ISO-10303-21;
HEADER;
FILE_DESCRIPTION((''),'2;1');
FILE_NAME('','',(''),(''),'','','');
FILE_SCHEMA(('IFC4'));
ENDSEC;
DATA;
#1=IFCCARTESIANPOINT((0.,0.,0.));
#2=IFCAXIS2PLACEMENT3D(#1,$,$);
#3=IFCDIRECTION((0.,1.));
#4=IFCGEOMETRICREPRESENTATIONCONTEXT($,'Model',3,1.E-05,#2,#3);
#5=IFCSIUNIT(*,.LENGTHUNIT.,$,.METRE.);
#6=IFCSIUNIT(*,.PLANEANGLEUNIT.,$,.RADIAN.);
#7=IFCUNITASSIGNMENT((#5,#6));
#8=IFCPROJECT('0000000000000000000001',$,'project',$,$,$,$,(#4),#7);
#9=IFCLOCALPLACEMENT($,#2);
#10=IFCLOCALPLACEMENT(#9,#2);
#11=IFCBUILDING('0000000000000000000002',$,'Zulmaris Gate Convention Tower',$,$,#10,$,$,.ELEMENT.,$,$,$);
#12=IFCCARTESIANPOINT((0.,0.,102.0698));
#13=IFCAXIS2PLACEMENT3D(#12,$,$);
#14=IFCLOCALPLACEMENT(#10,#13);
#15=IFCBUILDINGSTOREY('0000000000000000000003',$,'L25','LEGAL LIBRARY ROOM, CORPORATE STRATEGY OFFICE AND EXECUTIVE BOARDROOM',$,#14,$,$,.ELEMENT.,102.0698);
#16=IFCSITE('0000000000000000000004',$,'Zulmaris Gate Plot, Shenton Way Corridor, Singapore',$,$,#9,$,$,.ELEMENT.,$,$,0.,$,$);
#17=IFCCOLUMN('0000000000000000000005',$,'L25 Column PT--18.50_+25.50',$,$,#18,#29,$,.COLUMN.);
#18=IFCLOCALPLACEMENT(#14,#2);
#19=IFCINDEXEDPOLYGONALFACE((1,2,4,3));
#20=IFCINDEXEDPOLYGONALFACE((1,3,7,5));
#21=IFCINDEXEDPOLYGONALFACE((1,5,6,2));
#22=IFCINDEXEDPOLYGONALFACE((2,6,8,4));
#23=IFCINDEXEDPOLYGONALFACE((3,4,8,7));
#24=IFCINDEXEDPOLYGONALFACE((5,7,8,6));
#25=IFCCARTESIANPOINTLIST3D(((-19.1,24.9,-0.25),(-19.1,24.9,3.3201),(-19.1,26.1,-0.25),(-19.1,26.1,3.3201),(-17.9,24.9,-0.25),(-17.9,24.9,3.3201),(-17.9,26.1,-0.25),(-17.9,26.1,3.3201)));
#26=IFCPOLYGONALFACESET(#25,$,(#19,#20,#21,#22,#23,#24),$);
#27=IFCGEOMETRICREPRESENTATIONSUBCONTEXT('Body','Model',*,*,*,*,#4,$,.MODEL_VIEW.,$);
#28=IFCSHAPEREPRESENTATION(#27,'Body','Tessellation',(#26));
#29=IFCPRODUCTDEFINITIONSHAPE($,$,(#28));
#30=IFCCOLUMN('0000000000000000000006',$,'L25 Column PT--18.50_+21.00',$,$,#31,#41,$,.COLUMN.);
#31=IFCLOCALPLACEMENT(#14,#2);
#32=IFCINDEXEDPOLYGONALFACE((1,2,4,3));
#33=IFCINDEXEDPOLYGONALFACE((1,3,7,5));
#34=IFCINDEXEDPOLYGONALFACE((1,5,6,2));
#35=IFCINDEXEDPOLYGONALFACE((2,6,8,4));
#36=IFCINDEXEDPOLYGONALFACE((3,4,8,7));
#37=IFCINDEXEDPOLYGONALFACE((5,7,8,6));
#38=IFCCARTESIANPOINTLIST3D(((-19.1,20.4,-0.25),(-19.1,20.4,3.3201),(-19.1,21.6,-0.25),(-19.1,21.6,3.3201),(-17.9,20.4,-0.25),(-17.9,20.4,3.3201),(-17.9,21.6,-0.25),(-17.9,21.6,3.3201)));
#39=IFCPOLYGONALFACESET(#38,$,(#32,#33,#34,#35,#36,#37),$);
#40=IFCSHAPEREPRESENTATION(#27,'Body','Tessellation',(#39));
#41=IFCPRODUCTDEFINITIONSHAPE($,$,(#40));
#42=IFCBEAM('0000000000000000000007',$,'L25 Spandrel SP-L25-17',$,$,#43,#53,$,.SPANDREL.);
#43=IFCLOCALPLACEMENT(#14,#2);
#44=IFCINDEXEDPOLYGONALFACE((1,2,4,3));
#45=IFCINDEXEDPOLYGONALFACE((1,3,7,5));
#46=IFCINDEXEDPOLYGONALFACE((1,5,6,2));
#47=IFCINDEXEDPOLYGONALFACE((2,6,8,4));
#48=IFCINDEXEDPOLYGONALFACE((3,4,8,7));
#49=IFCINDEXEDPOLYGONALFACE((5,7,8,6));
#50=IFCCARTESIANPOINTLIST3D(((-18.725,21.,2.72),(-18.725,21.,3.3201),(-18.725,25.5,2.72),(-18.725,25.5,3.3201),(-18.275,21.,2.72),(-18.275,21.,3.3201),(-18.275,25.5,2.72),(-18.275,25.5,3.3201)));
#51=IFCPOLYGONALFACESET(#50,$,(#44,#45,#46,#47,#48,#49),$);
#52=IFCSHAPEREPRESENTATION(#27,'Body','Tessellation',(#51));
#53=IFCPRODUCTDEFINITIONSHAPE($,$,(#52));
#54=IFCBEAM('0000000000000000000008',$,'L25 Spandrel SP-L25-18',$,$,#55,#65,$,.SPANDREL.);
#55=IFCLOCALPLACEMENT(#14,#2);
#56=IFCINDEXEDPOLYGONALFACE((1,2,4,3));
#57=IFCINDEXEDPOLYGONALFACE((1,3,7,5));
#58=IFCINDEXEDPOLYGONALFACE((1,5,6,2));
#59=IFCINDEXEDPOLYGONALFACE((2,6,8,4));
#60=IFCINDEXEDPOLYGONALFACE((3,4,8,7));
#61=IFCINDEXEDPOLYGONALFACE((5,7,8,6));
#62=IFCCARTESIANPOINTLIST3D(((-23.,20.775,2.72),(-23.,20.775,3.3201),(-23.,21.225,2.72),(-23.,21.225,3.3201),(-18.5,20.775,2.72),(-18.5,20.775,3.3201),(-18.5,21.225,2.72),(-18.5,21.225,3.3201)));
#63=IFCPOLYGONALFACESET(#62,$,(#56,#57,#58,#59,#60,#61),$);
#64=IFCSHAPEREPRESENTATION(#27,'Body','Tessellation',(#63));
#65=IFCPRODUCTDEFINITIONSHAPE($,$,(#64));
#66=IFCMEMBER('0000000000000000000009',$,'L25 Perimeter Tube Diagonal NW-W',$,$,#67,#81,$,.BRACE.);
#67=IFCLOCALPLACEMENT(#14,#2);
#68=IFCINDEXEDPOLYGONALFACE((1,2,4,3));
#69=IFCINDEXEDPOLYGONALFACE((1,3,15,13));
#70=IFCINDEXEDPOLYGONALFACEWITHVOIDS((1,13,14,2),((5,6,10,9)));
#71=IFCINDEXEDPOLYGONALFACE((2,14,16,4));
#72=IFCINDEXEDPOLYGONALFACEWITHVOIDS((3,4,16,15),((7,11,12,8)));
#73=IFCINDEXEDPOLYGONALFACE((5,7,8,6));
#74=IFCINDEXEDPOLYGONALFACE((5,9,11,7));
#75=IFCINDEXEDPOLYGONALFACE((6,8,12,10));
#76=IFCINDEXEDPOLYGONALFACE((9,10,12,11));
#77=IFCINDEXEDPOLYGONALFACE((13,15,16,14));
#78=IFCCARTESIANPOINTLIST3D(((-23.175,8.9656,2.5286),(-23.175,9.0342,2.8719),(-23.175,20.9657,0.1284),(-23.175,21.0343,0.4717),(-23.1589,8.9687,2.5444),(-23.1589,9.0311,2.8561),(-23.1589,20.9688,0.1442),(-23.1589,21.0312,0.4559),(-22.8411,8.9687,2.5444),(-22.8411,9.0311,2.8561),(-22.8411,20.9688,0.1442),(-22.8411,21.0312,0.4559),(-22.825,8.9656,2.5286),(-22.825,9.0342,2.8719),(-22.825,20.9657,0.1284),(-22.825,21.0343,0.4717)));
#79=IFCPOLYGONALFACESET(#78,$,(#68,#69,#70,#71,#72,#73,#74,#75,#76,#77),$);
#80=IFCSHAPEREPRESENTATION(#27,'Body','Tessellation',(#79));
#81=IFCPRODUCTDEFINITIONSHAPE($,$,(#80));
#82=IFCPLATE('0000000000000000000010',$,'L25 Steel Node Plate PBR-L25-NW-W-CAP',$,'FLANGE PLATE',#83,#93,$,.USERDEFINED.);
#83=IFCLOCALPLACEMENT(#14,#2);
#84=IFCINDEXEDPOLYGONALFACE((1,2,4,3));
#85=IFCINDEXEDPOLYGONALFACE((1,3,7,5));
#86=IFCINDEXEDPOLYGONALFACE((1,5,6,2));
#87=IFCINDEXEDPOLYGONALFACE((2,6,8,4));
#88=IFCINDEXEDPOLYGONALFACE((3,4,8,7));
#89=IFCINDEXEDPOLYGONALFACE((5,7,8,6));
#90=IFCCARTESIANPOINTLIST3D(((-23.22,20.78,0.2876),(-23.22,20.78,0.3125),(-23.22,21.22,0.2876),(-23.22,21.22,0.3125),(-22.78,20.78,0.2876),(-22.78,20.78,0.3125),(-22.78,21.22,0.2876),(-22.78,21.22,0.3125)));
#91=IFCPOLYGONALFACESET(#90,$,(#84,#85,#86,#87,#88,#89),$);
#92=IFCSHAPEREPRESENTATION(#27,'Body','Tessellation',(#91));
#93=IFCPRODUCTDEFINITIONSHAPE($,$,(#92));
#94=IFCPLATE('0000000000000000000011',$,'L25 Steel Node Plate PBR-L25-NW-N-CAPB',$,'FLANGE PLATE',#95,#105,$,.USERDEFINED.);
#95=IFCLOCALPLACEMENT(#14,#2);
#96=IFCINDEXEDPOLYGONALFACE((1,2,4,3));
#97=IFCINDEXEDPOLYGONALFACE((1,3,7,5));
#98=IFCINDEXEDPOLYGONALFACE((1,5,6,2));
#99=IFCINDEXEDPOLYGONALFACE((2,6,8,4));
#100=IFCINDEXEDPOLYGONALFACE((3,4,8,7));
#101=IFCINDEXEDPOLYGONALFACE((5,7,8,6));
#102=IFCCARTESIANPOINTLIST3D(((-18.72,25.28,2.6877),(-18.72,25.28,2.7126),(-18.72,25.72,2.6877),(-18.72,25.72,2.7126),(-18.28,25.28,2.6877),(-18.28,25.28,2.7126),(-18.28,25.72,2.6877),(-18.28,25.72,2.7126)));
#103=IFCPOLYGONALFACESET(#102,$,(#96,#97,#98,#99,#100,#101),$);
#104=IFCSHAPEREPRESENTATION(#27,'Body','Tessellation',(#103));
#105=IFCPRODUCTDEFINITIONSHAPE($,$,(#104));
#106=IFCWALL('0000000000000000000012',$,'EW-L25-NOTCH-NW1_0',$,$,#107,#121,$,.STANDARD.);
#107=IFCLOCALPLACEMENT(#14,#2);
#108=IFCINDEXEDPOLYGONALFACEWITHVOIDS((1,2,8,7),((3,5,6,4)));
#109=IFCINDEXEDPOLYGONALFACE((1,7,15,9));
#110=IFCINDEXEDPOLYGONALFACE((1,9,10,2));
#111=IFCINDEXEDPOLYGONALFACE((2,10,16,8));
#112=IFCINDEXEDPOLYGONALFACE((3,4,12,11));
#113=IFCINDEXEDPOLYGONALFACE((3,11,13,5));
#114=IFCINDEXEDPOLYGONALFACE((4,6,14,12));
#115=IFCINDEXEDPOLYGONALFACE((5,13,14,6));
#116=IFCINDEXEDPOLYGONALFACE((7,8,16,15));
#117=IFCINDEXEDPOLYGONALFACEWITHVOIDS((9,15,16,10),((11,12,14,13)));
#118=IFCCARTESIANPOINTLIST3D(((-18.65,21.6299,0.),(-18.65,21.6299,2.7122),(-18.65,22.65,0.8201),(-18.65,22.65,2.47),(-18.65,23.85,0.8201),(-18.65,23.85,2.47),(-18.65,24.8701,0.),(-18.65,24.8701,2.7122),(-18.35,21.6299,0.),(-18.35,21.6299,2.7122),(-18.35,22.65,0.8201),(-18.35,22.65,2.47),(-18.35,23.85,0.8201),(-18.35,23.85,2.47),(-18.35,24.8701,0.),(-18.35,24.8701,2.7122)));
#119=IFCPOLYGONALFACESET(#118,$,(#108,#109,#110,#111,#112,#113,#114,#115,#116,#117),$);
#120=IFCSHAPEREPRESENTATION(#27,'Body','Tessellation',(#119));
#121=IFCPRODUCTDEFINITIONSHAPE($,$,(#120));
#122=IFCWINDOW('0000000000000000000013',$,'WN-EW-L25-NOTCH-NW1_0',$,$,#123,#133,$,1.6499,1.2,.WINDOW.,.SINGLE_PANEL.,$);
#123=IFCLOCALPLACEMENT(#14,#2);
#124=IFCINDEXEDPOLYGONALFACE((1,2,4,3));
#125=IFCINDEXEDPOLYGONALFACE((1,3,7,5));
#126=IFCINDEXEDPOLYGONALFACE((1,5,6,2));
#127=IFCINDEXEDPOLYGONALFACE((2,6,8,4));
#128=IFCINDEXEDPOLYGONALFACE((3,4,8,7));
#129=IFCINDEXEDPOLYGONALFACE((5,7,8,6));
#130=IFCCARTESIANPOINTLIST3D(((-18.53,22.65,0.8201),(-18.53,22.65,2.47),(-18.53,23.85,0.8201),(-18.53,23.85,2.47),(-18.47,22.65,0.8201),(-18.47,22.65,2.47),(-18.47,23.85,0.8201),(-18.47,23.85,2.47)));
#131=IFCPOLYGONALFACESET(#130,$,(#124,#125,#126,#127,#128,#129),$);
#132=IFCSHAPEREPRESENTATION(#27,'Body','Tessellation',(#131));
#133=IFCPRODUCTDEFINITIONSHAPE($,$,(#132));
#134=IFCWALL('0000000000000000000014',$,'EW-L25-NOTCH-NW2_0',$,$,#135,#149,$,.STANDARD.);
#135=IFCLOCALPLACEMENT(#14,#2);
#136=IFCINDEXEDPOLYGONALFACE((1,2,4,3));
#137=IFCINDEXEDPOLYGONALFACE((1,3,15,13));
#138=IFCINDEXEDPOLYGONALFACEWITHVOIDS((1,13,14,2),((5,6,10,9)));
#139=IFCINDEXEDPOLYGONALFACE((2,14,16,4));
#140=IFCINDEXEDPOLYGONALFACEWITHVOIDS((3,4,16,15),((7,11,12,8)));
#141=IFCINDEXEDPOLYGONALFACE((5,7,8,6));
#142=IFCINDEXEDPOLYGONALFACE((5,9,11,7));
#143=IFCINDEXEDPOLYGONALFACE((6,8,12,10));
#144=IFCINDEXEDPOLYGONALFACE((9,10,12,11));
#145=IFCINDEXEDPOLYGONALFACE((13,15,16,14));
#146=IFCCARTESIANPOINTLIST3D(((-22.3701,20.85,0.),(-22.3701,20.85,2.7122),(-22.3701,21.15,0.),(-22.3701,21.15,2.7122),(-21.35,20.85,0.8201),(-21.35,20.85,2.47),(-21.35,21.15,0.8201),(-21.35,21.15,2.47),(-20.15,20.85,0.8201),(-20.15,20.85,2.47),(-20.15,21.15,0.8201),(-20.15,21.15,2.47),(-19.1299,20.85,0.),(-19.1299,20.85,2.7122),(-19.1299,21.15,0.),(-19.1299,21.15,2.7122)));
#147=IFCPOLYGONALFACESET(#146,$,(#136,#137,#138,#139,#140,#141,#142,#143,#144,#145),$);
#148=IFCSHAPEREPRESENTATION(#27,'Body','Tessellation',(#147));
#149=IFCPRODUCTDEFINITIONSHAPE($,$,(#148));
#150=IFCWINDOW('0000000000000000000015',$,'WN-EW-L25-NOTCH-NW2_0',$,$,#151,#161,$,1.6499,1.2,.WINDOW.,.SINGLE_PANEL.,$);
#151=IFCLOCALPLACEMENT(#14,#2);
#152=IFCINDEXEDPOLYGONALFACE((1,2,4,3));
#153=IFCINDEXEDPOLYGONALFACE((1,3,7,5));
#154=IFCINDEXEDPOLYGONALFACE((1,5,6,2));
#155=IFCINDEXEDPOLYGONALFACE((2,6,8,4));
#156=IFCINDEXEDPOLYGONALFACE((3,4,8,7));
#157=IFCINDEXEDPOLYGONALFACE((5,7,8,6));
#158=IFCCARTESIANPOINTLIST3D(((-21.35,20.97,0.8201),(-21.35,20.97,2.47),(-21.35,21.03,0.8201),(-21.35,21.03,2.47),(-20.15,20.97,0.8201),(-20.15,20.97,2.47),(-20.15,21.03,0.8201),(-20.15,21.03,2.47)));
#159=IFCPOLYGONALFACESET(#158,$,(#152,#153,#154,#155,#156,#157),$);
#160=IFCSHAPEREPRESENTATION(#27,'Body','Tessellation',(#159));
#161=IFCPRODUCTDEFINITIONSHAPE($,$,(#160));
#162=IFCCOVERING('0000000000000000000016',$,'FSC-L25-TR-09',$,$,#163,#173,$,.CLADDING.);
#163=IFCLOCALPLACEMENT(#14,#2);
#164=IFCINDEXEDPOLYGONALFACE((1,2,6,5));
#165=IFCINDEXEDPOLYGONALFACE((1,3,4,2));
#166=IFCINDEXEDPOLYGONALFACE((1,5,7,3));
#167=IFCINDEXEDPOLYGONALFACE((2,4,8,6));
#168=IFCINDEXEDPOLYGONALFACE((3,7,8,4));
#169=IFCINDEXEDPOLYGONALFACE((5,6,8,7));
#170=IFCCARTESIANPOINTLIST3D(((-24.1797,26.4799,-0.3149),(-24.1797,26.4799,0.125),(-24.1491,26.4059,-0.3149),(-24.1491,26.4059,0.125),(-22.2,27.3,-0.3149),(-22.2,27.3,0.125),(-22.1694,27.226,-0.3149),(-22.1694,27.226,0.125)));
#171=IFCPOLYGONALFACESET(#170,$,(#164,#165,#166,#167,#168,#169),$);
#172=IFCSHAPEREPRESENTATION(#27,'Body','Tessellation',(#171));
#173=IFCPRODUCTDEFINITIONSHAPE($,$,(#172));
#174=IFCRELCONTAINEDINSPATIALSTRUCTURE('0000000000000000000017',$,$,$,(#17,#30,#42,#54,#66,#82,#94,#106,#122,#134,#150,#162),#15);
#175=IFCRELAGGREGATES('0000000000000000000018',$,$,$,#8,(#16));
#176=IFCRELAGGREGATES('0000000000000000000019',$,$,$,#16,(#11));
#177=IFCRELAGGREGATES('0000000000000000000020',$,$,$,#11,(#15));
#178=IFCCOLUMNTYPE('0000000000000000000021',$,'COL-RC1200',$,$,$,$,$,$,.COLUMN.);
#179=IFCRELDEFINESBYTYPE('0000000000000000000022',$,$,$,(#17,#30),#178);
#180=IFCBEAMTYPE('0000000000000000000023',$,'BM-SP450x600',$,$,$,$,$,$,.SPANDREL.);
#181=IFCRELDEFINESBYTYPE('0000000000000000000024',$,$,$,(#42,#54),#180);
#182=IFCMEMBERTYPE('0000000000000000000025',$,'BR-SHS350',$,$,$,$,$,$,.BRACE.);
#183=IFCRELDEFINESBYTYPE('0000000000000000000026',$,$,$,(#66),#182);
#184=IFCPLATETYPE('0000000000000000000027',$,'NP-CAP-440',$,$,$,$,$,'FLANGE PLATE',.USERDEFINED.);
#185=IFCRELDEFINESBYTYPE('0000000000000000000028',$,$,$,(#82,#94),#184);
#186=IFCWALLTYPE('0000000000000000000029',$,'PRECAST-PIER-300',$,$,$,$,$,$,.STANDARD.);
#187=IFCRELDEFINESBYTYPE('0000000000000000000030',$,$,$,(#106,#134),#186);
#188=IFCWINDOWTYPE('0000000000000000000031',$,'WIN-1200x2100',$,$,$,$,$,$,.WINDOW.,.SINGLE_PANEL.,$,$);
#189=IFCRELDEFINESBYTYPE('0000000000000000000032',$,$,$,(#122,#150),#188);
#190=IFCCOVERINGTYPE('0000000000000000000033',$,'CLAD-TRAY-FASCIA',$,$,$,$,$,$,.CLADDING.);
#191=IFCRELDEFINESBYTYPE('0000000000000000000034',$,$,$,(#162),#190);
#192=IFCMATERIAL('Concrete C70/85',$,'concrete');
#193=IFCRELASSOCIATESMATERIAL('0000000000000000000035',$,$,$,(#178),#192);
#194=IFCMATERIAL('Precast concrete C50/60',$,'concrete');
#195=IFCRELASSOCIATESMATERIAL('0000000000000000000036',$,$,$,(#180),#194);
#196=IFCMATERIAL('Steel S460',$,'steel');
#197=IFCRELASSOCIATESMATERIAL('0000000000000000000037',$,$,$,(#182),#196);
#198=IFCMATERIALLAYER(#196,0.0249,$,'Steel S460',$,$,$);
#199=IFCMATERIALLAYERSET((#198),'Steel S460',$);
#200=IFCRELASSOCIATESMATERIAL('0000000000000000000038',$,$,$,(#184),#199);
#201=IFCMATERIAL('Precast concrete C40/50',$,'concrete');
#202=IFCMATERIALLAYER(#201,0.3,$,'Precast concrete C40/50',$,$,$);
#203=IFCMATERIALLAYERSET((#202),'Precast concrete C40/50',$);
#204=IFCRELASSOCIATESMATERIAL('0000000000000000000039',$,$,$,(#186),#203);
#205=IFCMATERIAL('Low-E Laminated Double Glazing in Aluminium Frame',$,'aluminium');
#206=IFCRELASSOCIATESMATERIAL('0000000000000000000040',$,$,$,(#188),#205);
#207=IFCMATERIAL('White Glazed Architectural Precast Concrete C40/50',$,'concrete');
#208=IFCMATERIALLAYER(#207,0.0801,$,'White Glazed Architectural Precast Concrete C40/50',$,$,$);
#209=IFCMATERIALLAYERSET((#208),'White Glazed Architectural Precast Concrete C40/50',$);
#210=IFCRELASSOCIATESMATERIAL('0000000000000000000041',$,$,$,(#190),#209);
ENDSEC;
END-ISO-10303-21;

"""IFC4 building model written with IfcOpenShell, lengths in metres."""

from ifc_helpers import new_model, si_unit, direction, frame, frame_2d, origin, origin_2d, place, context, subcontext, project, spatial, rectangle, hollow_rectangle, extrude, material, layer, layer_set, material_profile, profile_set, type_object, element, fill, save


model = new_model("IFC4")

# Units and contexts
model_context = context("Model", 3, precision=1e-05, world=origin(), true_north=direction((0.0, 1.0)))
body_context = subcontext(model_context, "Body", "Model", "MODEL_VIEW")
ifc_project = project(units=[si_unit("LENGTHUNIT", "METRE"), si_unit("PLANEANGLEUNIT", "RADIAN")], contexts=[model_context])

# Site, building, storey
site_placement = place(None, origin())
site = spatial("IfcSite", under=ifc_project, at=site_placement, Name="Zulmaris Gate Plot, Shenton Way Corridor, Singapore", CompositionType="ELEMENT", RefElevation=0.0)
building_placement = place(site_placement, origin())
building = spatial("IfcBuilding", under=site, at=building_placement, Name="Zulmaris Gate Convention Tower", CompositionType="ELEMENT")
storey_placement = place(building_placement, frame((0.0, 0.0, 102.0698)))
storey = spatial("IfcBuildingStorey", under=building, at=storey_placement, Name="L25", Description="LEGAL LIBRARY ROOM, CORPORATE STRATEGY OFFICE AND EXECUTIVE BOARDROOM", CompositionType="ELEMENT", Elevation=102.0698)

# Columns
ifc_material_1 = material(Name="Concrete C70/85", Category="concrete")
ifc_material_profile_1 = material_profile(ifc_material_1, rectangle(XDim=1.2, YDim=1.2, at=origin_2d()), Name="RC COL 1200x1200")
ifc_profile_set_1 = profile_set([ifc_material_profile_1], Name="Concrete C70/85")
column_type = type_object("IfcColumnType", Name="COL-RC1200", PredefinedType="COLUMN", material=ifc_profile_set_1)
for number, where, z_axis, x_axis, name in (
    (1, (-18.5, 25.5, -0.25), (0.0, 0.0, 1.0), (1.0, 0.0, 0.0), "L25 Column PT--18.50_+25.50"),
    (2, (-18.5, 21.0, -0.25), (0.0, 0.0, 1.0), (1.0, 0.0, 0.0), "L25 Column PT--18.50_+21.00"),
):
    element("IfcColumn", number, at=place(storey_placement, frame(where, z_axis=z_axis, x_axis=x_axis)), inside=storey, type_object=column_type, Name=name, PredefinedType="COLUMN", context=body_context, shape_type="SweptSolid", body=[
        extrude(rectangle(XDim=1.2, YDim=1.2, at=origin_2d()), origin(), (0.0, 0.0, 1.0), 3.5701),
    ])

# Beams
ifc_material_2 = material(Name="Precast concrete C50/60", Category="concrete")
ifc_material_profile_2 = material_profile(ifc_material_2, rectangle(XDim=0.45, YDim=0.6001, at=origin_2d()), Name="RC SPANDREL 450x600")
ifc_profile_set_2 = profile_set([ifc_material_profile_2], Name="Precast concrete C50/60")
beam_type = type_object("IfcBeamType", Name="BM-SP450x600", PredefinedType="SPANDREL", material=ifc_profile_set_2)
for number, where, z_axis, x_axis, name in (
    (3, (-18.5, 25.5, 3.02), (0.0, -1.0, 0.0), (1.0, 0.0, 0.0), "L25 Spandrel SP-L25-17"),
    (4, (-18.5, 21.0, 3.02), (-1.0, 0.0, 0.0), (0.0, -1.0, 0.0), "L25 Spandrel SP-L25-18"),
):
    element("IfcBeam", number, at=place(storey_placement, frame(where, z_axis=z_axis, x_axis=x_axis)), inside=storey, type_object=beam_type, Name=name, PredefinedType="SPANDREL", context=body_context, shape_type="SweptSolid", body=[
        extrude(rectangle(XDim=0.45, YDim=0.6001, at=origin_2d()), origin(), (0.0, 0.0, 1.0), 4.5),
    ])

# Member
ifc_material_3 = material(Name="Steel S460", Category="steel")
ifc_material_profile_3 = material_profile(ifc_material_3, hollow_rectangle(XDim=0.3501, YDim=0.3501, WallThickness=0.0161, at=origin_2d()), Name="SHS 350x350x16")
ifc_profile_set_3 = profile_set([ifc_material_profile_3], Name="Steel S460")
member_type = type_object("IfcMemberType", Name="BR-SHS350", PredefinedType="BRACE", material=ifc_profile_set_3)
member_placement = place(storey_placement, frame((-23.0, 21.0, 0.3), z_axis=(0.0, -0.980578, 0.196128), x_axis=(1.0, 0.0, 0.0)))
element("IfcMember", 5, at=member_placement, inside=storey, type_object=member_type, Name="L25 Perimeter Tube Diagonal NW-W", PredefinedType="BRACE", context=body_context, shape_type="SweptSolid", body=[
    extrude(hollow_rectangle(XDim=0.3501, YDim=0.3501, WallThickness=0.0161, at=origin_2d()), origin(), (0.0, 0.0, 1.0), 12.2378),
])

# Plates
ifc_layer_1 = layer(ifc_material_3, 0.0249, Name="Steel S460")
ifc_layer_set_1 = layer_set([ifc_layer_1], Name="Steel S460")
plate_type = type_object("IfcPlateType", Name="NP-CAP-440", ElementType="FLANGE PLATE", PredefinedType="USERDEFINED", material=ifc_layer_set_1)
for number, where, z_axis, x_axis, name in (
    (6, (-23.0, 21.0, 0.2876), (0.0, 0.0, 1.0), (1.0, 0.0, 0.0), "L25 Steel Node Plate PBR-L25-NW-W-CAP"),
    (7, (-18.5, 25.5, 2.6877), (0.0, 0.0, 1.0), (1.0, 0.0, 0.0), "L25 Steel Node Plate PBR-L25-NW-N-CAPB"),
):
    element("IfcPlate", number, at=place(storey_placement, frame(where, z_axis=z_axis, x_axis=x_axis)), inside=storey, type_object=plate_type, Name=name, ObjectType="FLANGE PLATE", PredefinedType="USERDEFINED", context=body_context, shape_type="SweptSolid", body=[
        extrude(rectangle(XDim=0.4399, YDim=0.4399, at=origin_2d()), origin(), (0.0, 0.0, 1.0), 0.0249),
    ])

# Walls, openings, windows
ifc_material_4 = material(Name="Precast concrete C40/50", Category="concrete")
ifc_layer_2 = layer(ifc_material_4, 0.3, Name="Precast concrete C40/50")
ifc_layer_set_2 = layer_set([ifc_layer_2], Name="Precast concrete C40/50")
wall_type = type_object("IfcWallType", Name="PRECAST-PIER-300", PredefinedType="STANDARD", material=ifc_layer_set_2)
wall_1_placement = place(storey_placement, frame((-18.5, 24.8701, 0.0), z_axis=(0.0, 0.0, 1.0), x_axis=(0.0, -1.0, 0.0)))
wall_1 = element("IfcWall", 8, at=wall_1_placement, inside=storey, type_object=wall_type, Name="EW-L25-NOTCH-NW1_0", PredefinedType="STANDARD", context=body_context, shape_type="SweptSolid", body=[
    extrude(rectangle(XDim=3.2402, YDim=0.3, at=frame_2d((1.6201, 0.0))), origin(), (0.0, 0.0, 1.0), 2.7122),
])
opening_1_placement = place(wall_1_placement, frame((1.02, 0.0, 0.8201)))
opening_1 = element("IfcOpeningElement", 9, at=opening_1_placement, cuts=wall_1, PredefinedType="OPENING", context=body_context, shape_type="SweptSolid", body=[
    extrude(rectangle(XDim=1.2, YDim=1.6499, at=frame_2d((0.6001, 0.825))), frame((0.0, 0.1602, 0.0), z_axis=(0.0, -1.0, 0.0), x_axis=(1.0, 0.0, 0.0)), (0.0, 0.0, 1.0), 0.3201),
])
ifc_material_5 = material(Name="Low-E Laminated Double Glazing in Aluminium Frame", Category="aluminium")
window_type = type_object("IfcWindowType", Name="WIN-1200x2100", PartitioningType="SINGLE_PANEL", PredefinedType="WINDOW", material=ifc_material_5)
window_1_placement = place(opening_1_placement, origin())
window_1 = element("IfcWindow", 10, at=window_1_placement, inside=storey, type_object=window_type, Name="WN-EW-L25-NOTCH-NW1_0", OverallHeight=1.6499, OverallWidth=1.2, PartitioningType="SINGLE_PANEL", PredefinedType="WINDOW", context=body_context, shape_type="SweptSolid", body=[
    extrude(rectangle(XDim=1.2, YDim=1.6499, at=frame_2d((0.6001, 0.825))), frame((0.0, 0.03, 0.0), z_axis=(0.0, -1.0, 0.0), x_axis=(1.0, 0.0, 0.0)), (0.0, 0.0, 1.0), 0.0601),
])
fill(opening_1, window_1)
wall_2_placement = place(storey_placement, frame((-19.1299, 21.0, 0.0), z_axis=(0.0, 0.0, 1.0), x_axis=(-1.0, 0.0, 0.0)))
wall_2 = element("IfcWall", 11, at=wall_2_placement, inside=storey, type_object=wall_type, Name="EW-L25-NOTCH-NW2_0", PredefinedType="STANDARD", context=body_context, shape_type="SweptSolid", body=[
    extrude(rectangle(XDim=3.2402, YDim=0.3, at=frame_2d((1.6201, 0.0))), origin(), (0.0, 0.0, 1.0), 2.7122),
])
opening_2_placement = place(wall_2_placement, frame((1.02, 0.0, 0.8201)))
opening_2 = element("IfcOpeningElement", 12, at=opening_2_placement, cuts=wall_2, PredefinedType="OPENING", context=body_context, shape_type="SweptSolid", body=[
    extrude(rectangle(XDim=1.2, YDim=1.6499, at=frame_2d((0.6001, 0.825))), frame((0.0, 0.1602, 0.0), z_axis=(0.0, -1.0, 0.0), x_axis=(1.0, 0.0, 0.0)), (0.0, 0.0, 1.0), 0.3201),
])
window_2_placement = place(opening_2_placement, origin())
window_2 = element("IfcWindow", 13, at=window_2_placement, inside=storey, type_object=window_type, Name="WN-EW-L25-NOTCH-NW2_0", OverallHeight=1.6499, OverallWidth=1.2, PartitioningType="SINGLE_PANEL", PredefinedType="WINDOW", context=body_context, shape_type="SweptSolid", body=[
    extrude(rectangle(XDim=1.2, YDim=1.6499, at=frame_2d((0.6001, 0.825))), frame((0.0, 0.03, 0.0), z_axis=(0.0, -1.0, 0.0), x_axis=(1.0, 0.0, 0.0)), (0.0, 0.0, 1.0), 0.0601),
])
fill(opening_2, window_2)

# Covering
ifc_material_6 = material(Name="White Glazed Architectural Precast Concrete C40/50", Category="concrete")
ifc_layer_3 = layer(ifc_material_6, 0.0801, Name="White Glazed Architectural Precast Concrete C40/50")
ifc_layer_set_3 = layer_set([ifc_layer_3], Name="White Glazed Architectural Precast Concrete C40/50")
covering_type = type_object("IfcCoveringType", Name="CLAD-TRAY-FASCIA", PredefinedType="CLADDING", material=ifc_layer_set_3)
covering_1_placement = place(storey_placement, frame((-22.1848, 27.2629, -0.3149), z_axis=(0.0, 0.0, 1.0), x_axis=(-0.923874, -0.382697, 0.0)))
element("IfcCovering", 14, at=covering_1_placement, inside=storey, type_object=covering_type, Name="FSC-L25-TR-09", PredefinedType="CLADDING", context=body_context, shape_type="SweptSolid", body=[
    extrude(rectangle(XDim=2.1428, YDim=0.0801, at=frame_2d((1.0713, 0.0))), origin(), (0.0, 0.0, 1.0), 0.4399),
])

save(model, "model.ifc")
